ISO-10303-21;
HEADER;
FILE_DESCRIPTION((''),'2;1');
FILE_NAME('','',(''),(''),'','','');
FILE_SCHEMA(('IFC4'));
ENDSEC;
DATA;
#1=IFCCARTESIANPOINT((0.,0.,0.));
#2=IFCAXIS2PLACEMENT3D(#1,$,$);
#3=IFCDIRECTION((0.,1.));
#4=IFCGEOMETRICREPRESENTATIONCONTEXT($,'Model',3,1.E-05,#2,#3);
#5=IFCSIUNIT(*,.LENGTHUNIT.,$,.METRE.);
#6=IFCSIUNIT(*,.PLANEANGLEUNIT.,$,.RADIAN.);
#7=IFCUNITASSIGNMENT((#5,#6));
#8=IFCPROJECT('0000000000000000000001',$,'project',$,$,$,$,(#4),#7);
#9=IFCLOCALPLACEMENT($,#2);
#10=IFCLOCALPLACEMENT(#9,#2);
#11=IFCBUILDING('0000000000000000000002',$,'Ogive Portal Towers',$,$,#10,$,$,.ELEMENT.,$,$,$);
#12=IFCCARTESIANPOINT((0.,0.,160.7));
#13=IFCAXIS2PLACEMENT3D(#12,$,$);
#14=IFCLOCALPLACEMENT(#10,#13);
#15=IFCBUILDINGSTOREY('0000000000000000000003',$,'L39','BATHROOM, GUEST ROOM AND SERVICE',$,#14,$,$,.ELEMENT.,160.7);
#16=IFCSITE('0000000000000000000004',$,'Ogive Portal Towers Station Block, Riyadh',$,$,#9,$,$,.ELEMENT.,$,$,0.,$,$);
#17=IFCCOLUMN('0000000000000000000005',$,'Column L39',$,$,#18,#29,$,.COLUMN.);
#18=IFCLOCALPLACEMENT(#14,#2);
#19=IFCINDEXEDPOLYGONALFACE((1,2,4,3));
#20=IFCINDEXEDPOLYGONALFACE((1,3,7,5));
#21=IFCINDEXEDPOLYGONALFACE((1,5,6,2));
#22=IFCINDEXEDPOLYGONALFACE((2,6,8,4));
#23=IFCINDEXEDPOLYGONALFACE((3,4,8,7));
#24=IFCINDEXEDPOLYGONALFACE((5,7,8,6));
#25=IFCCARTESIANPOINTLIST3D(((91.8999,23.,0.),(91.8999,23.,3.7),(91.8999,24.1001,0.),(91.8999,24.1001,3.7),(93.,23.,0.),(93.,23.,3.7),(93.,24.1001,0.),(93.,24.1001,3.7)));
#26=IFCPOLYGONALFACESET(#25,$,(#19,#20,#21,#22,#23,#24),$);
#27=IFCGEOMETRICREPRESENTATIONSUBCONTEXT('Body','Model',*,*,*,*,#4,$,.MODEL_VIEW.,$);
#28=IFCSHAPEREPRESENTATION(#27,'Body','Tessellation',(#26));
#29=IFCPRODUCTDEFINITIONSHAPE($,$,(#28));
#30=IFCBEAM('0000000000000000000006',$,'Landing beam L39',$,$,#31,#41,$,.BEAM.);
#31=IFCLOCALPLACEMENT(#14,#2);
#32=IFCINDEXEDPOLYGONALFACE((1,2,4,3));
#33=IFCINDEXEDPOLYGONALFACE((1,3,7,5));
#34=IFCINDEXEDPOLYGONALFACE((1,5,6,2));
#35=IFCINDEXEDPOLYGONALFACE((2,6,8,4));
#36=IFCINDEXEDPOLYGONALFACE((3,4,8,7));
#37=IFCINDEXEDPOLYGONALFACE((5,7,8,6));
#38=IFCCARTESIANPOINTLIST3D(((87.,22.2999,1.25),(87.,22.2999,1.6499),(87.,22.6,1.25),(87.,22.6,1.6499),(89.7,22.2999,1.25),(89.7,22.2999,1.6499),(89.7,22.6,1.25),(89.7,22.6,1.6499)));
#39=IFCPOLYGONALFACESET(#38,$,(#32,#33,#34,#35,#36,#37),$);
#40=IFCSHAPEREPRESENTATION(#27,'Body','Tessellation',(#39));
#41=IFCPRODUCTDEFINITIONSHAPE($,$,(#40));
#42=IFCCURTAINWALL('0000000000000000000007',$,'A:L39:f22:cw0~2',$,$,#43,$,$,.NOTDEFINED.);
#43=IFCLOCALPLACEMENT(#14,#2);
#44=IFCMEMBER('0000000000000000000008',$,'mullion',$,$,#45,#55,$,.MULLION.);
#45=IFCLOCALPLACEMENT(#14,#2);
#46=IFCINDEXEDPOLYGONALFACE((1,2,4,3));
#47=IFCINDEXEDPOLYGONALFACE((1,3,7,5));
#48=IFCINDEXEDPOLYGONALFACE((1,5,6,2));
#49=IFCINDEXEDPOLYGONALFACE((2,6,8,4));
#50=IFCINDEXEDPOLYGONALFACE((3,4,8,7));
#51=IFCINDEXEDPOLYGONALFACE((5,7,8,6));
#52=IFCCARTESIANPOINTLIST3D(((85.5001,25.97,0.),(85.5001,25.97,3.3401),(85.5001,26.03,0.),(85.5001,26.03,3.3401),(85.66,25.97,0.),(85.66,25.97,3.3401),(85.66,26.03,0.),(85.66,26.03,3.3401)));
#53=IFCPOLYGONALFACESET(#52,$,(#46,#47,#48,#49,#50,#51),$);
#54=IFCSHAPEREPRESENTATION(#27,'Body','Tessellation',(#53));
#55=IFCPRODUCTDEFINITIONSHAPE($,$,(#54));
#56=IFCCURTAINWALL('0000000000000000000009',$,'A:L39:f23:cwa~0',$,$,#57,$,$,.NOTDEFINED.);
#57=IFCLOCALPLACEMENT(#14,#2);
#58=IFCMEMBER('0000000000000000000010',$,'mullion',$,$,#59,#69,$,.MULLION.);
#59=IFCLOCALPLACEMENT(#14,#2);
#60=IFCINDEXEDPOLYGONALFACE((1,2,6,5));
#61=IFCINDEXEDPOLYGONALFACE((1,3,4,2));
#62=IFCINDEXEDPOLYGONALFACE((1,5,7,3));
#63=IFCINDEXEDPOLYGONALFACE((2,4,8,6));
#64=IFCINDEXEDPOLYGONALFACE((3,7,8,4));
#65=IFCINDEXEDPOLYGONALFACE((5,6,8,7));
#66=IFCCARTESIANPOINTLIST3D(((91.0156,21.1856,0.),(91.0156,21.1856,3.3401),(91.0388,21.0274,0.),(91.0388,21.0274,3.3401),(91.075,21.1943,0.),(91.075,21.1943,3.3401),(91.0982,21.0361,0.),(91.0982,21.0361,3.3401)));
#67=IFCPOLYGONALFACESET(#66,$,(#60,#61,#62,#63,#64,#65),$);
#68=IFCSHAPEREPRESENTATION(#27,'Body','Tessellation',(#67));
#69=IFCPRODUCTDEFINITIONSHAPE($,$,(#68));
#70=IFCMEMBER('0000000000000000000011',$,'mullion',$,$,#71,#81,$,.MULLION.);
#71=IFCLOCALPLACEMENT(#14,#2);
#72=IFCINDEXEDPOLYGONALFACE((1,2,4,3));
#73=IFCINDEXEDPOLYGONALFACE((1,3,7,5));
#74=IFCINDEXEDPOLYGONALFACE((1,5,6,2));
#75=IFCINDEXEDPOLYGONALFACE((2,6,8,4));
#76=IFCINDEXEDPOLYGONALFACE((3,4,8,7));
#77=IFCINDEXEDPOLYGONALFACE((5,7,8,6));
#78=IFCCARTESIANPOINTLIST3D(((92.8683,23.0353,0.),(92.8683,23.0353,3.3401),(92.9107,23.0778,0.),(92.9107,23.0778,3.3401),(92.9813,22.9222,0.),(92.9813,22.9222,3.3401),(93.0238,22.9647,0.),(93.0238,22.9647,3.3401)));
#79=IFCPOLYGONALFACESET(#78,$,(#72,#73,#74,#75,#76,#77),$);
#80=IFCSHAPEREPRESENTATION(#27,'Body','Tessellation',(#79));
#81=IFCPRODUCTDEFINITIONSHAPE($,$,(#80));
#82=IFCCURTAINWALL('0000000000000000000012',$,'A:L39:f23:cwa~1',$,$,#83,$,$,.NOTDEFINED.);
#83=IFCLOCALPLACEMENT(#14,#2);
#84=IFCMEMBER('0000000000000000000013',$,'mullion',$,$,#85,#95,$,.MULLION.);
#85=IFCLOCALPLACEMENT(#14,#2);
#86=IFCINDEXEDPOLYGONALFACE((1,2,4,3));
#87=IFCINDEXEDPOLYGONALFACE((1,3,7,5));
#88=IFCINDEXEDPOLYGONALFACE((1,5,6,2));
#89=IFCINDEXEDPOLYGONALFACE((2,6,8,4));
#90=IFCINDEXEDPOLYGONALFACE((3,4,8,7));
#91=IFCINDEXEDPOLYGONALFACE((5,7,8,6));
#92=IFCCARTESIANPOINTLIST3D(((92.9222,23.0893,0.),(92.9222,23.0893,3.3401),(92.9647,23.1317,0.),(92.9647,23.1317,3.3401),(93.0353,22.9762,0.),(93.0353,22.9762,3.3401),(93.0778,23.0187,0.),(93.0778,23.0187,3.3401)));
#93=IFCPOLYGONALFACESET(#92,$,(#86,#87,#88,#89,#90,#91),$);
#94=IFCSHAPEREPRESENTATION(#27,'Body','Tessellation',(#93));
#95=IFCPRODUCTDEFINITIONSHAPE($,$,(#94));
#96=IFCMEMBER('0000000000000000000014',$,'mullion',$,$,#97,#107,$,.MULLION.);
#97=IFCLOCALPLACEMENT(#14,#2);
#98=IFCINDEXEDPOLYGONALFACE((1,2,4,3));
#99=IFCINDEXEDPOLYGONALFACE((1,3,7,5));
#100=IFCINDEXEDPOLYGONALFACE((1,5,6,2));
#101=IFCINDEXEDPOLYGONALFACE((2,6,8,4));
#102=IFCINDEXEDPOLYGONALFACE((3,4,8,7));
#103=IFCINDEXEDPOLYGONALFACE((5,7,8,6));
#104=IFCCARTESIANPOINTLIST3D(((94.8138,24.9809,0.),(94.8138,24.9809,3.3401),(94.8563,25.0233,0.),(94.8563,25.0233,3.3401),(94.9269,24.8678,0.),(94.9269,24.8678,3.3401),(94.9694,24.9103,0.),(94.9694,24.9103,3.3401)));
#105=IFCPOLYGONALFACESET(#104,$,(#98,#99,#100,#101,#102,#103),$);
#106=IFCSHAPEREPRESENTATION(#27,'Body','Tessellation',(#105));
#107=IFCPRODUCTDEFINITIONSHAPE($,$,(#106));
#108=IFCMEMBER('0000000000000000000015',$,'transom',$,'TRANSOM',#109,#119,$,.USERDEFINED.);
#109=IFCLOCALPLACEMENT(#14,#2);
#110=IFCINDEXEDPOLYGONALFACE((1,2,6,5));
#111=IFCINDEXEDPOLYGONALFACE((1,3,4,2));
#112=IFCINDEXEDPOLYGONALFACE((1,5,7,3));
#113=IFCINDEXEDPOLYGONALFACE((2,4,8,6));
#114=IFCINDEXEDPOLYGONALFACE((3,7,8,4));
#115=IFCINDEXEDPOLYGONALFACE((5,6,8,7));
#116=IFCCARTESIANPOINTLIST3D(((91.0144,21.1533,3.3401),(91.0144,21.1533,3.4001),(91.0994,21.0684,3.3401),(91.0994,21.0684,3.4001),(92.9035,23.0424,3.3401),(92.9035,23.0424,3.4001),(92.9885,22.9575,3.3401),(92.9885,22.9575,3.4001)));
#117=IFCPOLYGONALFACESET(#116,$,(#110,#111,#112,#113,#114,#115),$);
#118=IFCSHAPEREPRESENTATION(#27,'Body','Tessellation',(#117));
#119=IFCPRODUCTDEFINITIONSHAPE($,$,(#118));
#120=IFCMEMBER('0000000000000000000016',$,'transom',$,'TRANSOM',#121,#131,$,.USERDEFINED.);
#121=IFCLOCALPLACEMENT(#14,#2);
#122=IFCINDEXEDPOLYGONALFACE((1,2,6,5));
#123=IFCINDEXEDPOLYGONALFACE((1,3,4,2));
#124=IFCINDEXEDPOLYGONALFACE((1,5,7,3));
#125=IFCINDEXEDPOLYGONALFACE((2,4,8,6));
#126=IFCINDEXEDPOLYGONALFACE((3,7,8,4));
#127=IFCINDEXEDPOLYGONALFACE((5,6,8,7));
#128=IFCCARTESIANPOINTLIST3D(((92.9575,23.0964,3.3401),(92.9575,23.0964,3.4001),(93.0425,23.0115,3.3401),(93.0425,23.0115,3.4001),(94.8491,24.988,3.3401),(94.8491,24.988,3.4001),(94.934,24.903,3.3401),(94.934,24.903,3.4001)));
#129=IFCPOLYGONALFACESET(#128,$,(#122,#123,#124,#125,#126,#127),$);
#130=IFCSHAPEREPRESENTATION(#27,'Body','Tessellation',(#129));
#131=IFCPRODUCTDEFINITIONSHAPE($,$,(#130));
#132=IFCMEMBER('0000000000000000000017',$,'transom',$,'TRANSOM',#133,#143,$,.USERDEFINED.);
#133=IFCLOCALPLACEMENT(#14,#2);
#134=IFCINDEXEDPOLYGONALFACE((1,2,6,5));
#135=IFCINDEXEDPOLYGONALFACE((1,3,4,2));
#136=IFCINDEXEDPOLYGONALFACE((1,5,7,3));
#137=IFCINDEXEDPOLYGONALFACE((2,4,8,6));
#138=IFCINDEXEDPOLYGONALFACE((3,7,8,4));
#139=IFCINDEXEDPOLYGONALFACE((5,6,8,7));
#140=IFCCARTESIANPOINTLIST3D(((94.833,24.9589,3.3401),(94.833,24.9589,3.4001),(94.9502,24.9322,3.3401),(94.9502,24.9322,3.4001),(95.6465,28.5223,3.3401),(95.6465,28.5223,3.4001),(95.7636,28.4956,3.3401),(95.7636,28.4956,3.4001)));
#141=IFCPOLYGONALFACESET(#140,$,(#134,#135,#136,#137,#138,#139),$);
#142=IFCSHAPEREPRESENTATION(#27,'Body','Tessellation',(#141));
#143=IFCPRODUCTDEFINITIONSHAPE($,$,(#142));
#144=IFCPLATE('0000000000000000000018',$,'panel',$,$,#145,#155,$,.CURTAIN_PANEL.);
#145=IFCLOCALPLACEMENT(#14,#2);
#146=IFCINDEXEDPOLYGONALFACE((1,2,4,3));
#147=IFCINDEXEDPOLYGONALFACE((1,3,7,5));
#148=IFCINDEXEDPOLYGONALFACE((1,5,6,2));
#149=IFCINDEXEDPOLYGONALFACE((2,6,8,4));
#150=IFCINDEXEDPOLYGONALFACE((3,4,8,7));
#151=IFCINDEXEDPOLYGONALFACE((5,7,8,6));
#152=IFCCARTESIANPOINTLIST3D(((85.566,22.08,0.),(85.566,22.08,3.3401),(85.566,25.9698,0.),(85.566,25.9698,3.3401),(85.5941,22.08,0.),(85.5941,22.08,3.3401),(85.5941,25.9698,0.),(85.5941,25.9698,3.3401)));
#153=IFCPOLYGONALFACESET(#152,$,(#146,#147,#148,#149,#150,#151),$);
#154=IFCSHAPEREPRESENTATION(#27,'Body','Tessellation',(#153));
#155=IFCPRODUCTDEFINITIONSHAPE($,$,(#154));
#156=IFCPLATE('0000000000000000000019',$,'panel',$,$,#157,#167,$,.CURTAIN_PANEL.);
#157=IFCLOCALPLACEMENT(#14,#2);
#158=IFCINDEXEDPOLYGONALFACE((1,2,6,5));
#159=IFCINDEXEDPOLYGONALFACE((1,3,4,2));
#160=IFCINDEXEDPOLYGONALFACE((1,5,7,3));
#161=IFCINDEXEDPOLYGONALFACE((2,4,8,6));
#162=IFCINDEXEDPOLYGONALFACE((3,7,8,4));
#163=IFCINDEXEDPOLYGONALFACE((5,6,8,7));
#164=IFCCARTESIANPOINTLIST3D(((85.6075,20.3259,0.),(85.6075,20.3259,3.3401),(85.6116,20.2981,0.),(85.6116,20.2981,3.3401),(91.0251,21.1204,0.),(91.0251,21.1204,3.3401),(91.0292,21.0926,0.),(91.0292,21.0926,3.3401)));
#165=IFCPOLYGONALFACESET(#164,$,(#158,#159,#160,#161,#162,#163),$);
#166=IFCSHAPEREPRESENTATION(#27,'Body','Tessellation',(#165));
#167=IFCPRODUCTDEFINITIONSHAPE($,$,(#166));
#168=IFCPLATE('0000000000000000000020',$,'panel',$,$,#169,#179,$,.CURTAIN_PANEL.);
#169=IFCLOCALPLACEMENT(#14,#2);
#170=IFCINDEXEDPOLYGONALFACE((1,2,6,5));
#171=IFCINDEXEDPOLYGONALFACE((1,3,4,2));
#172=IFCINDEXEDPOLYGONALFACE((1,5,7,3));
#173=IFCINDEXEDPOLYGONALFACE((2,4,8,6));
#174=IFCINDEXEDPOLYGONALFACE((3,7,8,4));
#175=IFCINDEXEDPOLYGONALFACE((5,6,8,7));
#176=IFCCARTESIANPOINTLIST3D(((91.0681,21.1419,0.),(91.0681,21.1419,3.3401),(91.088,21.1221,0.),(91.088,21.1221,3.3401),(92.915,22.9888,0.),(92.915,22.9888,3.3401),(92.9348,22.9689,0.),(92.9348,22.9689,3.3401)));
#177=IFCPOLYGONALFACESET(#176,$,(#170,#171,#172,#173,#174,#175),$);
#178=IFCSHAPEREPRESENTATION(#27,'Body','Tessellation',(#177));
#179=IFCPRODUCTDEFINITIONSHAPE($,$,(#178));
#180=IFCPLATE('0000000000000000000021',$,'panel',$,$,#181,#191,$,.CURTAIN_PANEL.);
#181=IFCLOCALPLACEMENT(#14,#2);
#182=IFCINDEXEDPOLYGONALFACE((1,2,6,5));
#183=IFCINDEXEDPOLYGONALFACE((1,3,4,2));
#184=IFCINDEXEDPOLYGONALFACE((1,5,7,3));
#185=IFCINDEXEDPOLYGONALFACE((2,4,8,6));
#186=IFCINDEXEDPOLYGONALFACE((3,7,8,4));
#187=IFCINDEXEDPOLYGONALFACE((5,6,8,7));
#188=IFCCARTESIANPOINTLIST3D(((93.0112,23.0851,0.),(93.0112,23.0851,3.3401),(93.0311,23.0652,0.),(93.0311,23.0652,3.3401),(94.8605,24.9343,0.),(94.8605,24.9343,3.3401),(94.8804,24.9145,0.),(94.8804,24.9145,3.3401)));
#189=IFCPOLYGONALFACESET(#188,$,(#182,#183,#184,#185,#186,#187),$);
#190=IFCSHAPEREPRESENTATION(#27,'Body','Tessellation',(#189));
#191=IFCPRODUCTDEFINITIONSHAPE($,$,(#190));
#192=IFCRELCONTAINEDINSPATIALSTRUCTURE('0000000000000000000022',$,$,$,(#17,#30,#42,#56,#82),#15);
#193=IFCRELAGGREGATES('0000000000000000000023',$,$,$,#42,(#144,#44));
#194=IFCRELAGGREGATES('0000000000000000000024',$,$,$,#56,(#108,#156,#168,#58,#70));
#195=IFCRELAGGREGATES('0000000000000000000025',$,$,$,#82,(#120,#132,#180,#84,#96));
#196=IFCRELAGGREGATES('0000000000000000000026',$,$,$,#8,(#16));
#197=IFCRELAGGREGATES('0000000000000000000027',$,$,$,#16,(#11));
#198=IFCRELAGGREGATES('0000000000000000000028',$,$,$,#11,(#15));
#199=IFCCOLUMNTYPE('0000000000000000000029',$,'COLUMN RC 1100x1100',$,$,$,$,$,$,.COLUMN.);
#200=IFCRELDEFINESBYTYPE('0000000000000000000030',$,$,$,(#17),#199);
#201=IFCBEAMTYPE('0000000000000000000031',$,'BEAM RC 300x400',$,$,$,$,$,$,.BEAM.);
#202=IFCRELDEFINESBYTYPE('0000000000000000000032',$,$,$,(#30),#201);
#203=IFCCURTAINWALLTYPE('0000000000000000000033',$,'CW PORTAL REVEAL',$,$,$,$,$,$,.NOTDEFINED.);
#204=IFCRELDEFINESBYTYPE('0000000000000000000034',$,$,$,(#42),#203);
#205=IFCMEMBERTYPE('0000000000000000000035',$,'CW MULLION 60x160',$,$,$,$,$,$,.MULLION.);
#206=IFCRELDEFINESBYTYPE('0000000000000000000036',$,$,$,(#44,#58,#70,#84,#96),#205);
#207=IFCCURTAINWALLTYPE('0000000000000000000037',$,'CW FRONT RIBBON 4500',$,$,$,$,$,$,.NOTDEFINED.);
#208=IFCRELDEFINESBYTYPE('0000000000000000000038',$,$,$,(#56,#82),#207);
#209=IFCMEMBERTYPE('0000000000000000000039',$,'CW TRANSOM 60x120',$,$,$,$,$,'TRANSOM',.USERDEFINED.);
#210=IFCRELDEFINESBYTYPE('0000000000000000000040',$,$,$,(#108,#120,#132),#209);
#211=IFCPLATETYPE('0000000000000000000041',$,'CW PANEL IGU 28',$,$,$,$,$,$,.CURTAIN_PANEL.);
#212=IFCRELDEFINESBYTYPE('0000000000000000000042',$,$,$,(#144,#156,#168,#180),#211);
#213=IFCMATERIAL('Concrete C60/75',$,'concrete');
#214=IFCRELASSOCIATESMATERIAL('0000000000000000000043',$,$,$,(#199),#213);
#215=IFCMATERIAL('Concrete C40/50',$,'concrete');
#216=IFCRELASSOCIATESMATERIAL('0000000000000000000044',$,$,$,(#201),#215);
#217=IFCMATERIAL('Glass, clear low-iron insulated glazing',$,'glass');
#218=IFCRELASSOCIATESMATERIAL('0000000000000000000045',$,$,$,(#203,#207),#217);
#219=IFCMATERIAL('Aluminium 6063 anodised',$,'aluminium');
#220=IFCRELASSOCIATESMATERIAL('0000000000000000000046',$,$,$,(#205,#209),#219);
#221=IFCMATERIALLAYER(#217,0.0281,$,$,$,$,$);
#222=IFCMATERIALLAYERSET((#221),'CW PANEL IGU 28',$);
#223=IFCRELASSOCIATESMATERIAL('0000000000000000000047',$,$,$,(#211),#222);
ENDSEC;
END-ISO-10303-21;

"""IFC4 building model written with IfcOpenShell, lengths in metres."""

from ifc_helpers import new_model, si_unit, direction, frame, origin, origin_2d, place, context, subcontext, project, spatial, rectangle, extrude, material, layer, layer_set, material_profile, profile_set, type_object, element, aggregate, save


model = new_model("IFC4")

# Units and contexts
model_context = context("Model", 3, precision=1e-05, world=origin(), true_north=direction((0.0, 1.0)))
body_context = subcontext(model_context, "Body", "Model", "MODEL_VIEW")
ifc_project = project(units=[si_unit("LENGTHUNIT", "METRE"), si_unit("PLANEANGLEUNIT", "RADIAN")], contexts=[model_context])

# Site, building, storey
site_placement = place(None, origin())
site = spatial("IfcSite", under=ifc_project, at=site_placement, Name="Ogive Portal Towers Station Block, Riyadh", CompositionType="ELEMENT", RefElevation=0.0)
building_placement = place(site_placement, origin())
building = spatial("IfcBuilding", under=site, at=building_placement, Name="Ogive Portal Towers", CompositionType="ELEMENT")
storey_placement = place(building_placement, frame((0.0, 0.0, 160.7)))
storey = spatial("IfcBuildingStorey", under=building, at=storey_placement, Name="L39", Description="BATHROOM, GUEST ROOM AND SERVICE", CompositionType="ELEMENT", Elevation=160.7)

# Column
ifc_material_1 = material(Name="Concrete C60/75", Category="concrete")
ifc_material_profile_1 = material_profile(ifc_material_1, rectangle(XDim=1.1001, YDim=1.1001, at=origin_2d()), Name="RC 1100x1100")
ifc_profile_set_1 = profile_set([ifc_material_profile_1], Name="Concrete C60/75")
column_type = type_object("IfcColumnType", Name="COLUMN RC 1100x1100", PredefinedType="COLUMN", material=ifc_profile_set_1)
column_placement = place(storey_placement, frame((92.45, 23.55, 0.0), z_axis=(0.0, 0.0, 1.0), x_axis=(1.0, 0.0, 0.0)))
element("IfcColumn", 1, at=column_placement, inside=storey, type_object=column_type, Name="Column L39", PredefinedType="COLUMN", context=body_context, shape_type="SweptSolid", body=[
    extrude(rectangle(XDim=1.1001, YDim=1.1001, at=origin_2d()), origin(), (0.0, 0.0, 1.0), 3.7),
])

# Beam
ifc_material_2 = material(Name="Concrete C40/50", Category="concrete")
ifc_material_profile_2 = material_profile(ifc_material_2, rectangle(XDim=0.3, YDim=0.3999, at=origin_2d()), Name="RC 300x400")
ifc_profile_set_2 = profile_set([ifc_material_profile_2], Name="Concrete C40/50")
beam_type = type_object("IfcBeamType", Name="BEAM RC 300x400", PredefinedType="BEAM", material=ifc_profile_set_2)
beam_placement = place(storey_placement, frame((87.0, 22.45, 1.45), z_axis=(1.0, 0.0, 0.0), x_axis=(0.0, 1.0, 0.0)))
element("IfcBeam", 2, at=beam_placement, inside=storey, type_object=beam_type, Name="Landing beam L39", PredefinedType="BEAM", context=body_context, shape_type="SweptSolid", body=[
    extrude(rectangle(XDim=0.3, YDim=0.3999, at=origin_2d()), origin(), (0.0, 0.0, 1.0), 2.7),
])

# Curtain wall, member
ifc_material_3 = material(Name="Glass, clear low-iron insulated glazing", Category="glass")
curtain_wall_type_1 = type_object("IfcCurtainWallType", Name="CW PORTAL REVEAL", PredefinedType="NOTDEFINED", material=ifc_material_3)
curtain_wall_1_placement = place(storey_placement, origin())
curtain_wall_1 = element("IfcCurtainWall", 3, at=curtain_wall_1_placement, inside=storey, type_object=curtain_wall_type_1, Name="A:L39:f22:cw0~2", PredefinedType="NOTDEFINED")
ifc_material_4 = material(Name="Aluminium 6063 anodised", Category="aluminium")
ifc_material_profile_3 = material_profile(ifc_material_4, rectangle(XDim=0.1599, YDim=0.0601, at=origin_2d()), Name="AL 60x160")
ifc_profile_set_3 = profile_set([ifc_material_profile_3], Name="Aluminium 6063 anodised")
member_type_1 = type_object("IfcMemberType", Name="CW MULLION 60x160", PredefinedType="MULLION", material=ifc_profile_set_3)
member_1_placement = place(storey_placement, frame((85.5801, 26.0, 0.0), z_axis=(0.0, 0.0, 1.0), x_axis=(1.0, 0.0, 0.0)))
member_1 = element("IfcMember", 4, at=member_1_placement, type_object=member_type_1, Name="mullion", PredefinedType="MULLION", context=body_context, shape_type="SweptSolid", body=[
    extrude(rectangle(XDim=0.1599, YDim=0.0601, at=origin_2d()), origin(), (0.0, 0.0, 1.0), 3.3401),
])

# Curtain walls, members
curtain_wall_type_2 = type_object("IfcCurtainWallType", Name="CW FRONT RIBBON 4500", PredefinedType="NOTDEFINED", material=ifc_material_3)
curtain_wall_2_placement = place(storey_placement, origin())
curtain_wall_2 = element("IfcCurtainWall", 5, at=curtain_wall_2_placement, inside=storey, type_object=curtain_wall_type_2, Name="A:L39:f23:cwa~0", PredefinedType="NOTDEFINED")
member_2_placement = place(storey_placement, frame((91.0569, 21.1108, 0.0), z_axis=(0.0, 0.0, 1.0), x_axis=(-0.145099, 0.989417, 0.0)))
member_2 = element("IfcMember", 6, at=member_2_placement, type_object=member_type_1, Name="mullion", PredefinedType="MULLION", context=body_context, shape_type="SweptSolid", body=[
    extrude(rectangle(XDim=0.1599, YDim=0.0601, at=origin_2d()), origin(), (0.0, 0.0, 1.0), 3.3401),
])
member_3_placement = place(storey_placement, frame((92.946, 23.0, 0.0), z_axis=(0.0, 0.0, 1.0), x_axis=(-0.707107, 0.707107, 0.0)))
member_3 = element("IfcMember", 7, at=member_3_placement, type_object=member_type_1, Name="mullion", PredefinedType="MULLION", context=body_context, shape_type="SweptSolid", body=[
    extrude(rectangle(XDim=0.1599, YDim=0.0601, at=origin_2d()), origin(), (0.0, 0.0, 1.0), 3.3401),
])
curtain_wall_3_placement = place(storey_placement, origin())
curtain_wall_3 = element("IfcCurtainWall", 8, at=curtain_wall_3_placement, inside=storey, type_object=curtain_wall_type_2, Name="A:L39:f23:cwa~1", PredefinedType="NOTDEFINED")
member_4_placement = place(storey_placement, frame((93.0, 23.054, 0.0), z_axis=(0.0, 0.0, 1.0), x_axis=(-0.707107, 0.707107, 0.0)))
member_4 = element("IfcMember", 9, at=member_4_placement, type_object=member_type_1, Name="mullion", PredefinedType="MULLION", context=body_context, shape_type="SweptSolid", body=[
    extrude(rectangle(XDim=0.1599, YDim=0.0601, at=origin_2d()), origin(), (0.0, 0.0, 1.0), 3.3401),
])
member_5_placement = place(storey_placement, frame((94.8916, 24.9456, 0.0), z_axis=(0.0, 0.0, 1.0), x_axis=(-0.707107, 0.707107, 0.0)))
member_5 = element("IfcMember", 10, at=member_5_placement, type_object=member_type_1, Name="mullion", PredefinedType="MULLION", context=body_context, shape_type="SweptSolid", body=[
    extrude(rectangle(XDim=0.1599, YDim=0.0601, at=origin_2d()), origin(), (0.0, 0.0, 1.0), 3.3401),
])

# Members
ifc_material_profile_4 = material_profile(ifc_material_4, rectangle(XDim=0.1201, YDim=0.0601, at=origin_2d()), Name="AL 120x60")
ifc_profile_set_4 = profile_set([ifc_material_profile_4], Name="Aluminium 6063 anodised")
member_type_2 = type_object("IfcMemberType", Name="CW TRANSOM 60x120", ElementType="TRANSOM", PredefinedType="USERDEFINED", material=ifc_profile_set_4)
member_6_placement = place(storey_placement, frame((91.0569, 21.1108, 3.3701), z_axis=(0.707107, 0.707107, 0.0), x_axis=(-0.707107, 0.707107, 0.0)))
member_6 = element("IfcMember", 11, at=member_6_placement, type_object=member_type_2, Name="transom", ObjectType="TRANSOM", PredefinedType="USERDEFINED", context=body_context, shape_type="SweptSolid", body=[
    extrude(rectangle(XDim=0.1201, YDim=0.0601, at=origin_2d()), origin(), (0.0, 0.0, 1.0), 2.6716),
])
member_7_placement = place(storey_placement, frame((93.0, 23.054, 3.3701), z_axis=(0.707107, 0.707107, 0.0), x_axis=(-0.707107, 0.707107, 0.0)))
member_7 = element("IfcMember", 12, at=member_7_placement, type_object=member_type_2, Name="transom", ObjectType="TRANSOM", PredefinedType="USERDEFINED", context=body_context, shape_type="SweptSolid", body=[
    extrude(rectangle(XDim=0.1201, YDim=0.0601, at=origin_2d()), origin(), (0.0, 0.0, 1.0), 2.675),
])
member_8_placement = place(storey_placement, frame((94.8916, 24.9456, 3.3701), z_axis=(0.222556, 0.97492, 0.0), x_axis=(-0.97492, 0.222556, 0.0)))
member_8 = element("IfcMember", 13, at=member_8_placement, type_object=member_type_2, Name="transom", ObjectType="TRANSOM", PredefinedType="USERDEFINED", context=body_context, shape_type="SweptSolid", body=[
    extrude(rectangle(XDim=0.1201, YDim=0.0601, at=origin_2d()), origin(), (0.0, 0.0, 1.0), 3.655),
])

# Plates
ifc_layer_1 = layer(ifc_material_3, 0.0281)
ifc_layer_set_1 = layer_set([ifc_layer_1], Name="CW PANEL IGU 28")
plate_type = type_object("IfcPlateType", Name="CW PANEL IGU 28", PredefinedType="CURTAIN_PANEL", material=ifc_layer_set_1)
plate_1_placement = place(storey_placement, frame((85.5801, 24.0249, 0.0), z_axis=(0.0, 0.0, 1.0), x_axis=(0.0, -1.0, 0.0)))
plate_1 = element("IfcPlate", 14, at=plate_1_placement, type_object=plate_type, Name="panel", PredefinedType="CURTAIN_PANEL", context=body_context, shape_type="SweptSolid", body=[
    extrude(rectangle(XDim=3.8899, YDim=0.0281, at=origin_2d()), origin(), (0.0, 0.0, 1.0), 3.3401),
])
aggregate(curtain_wall_1, [plate_1, member_1])
plate_2_placement = place(storey_placement, frame((88.3184, 20.7092, 0.0), z_axis=(0.0, 0.0, 1.0), x_axis=(0.989417, 0.145099, 0.0)))
plate_2 = element("IfcPlate", 15, at=plate_2_placement, type_object=plate_type, Name="panel", PredefinedType="CURTAIN_PANEL", context=body_context, shape_type="SweptSolid", body=[
    extrude(rectangle(XDim=5.4756, YDim=0.0281, at=origin_2d()), origin(), (0.0, 0.0, 1.0), 3.3401),
])
plate_3_placement = place(storey_placement, frame((92.0015, 22.0554, 0.0), z_axis=(0.0, 0.0, 1.0), x_axis=(0.707107, 0.707107, 0.0)))
plate_3 = element("IfcPlate", 16, at=plate_3_placement, type_object=plate_type, Name="panel", PredefinedType="CURTAIN_PANEL", context=body_context, shape_type="SweptSolid", body=[
    extrude(rectangle(XDim=2.6118, YDim=0.0281, at=origin_2d()), origin(), (0.0, 0.0, 1.0), 3.3401),
])
aggregate(curtain_wall_2, [member_6, plate_2, plate_3, member_2, member_3])
plate_4_placement = place(storey_placement, frame((93.9458, 23.9998, 0.0), z_axis=(0.0, 0.0, 1.0), x_axis=(0.707107, 0.707107, 0.0)))
plate_4 = element("IfcPlate", 17, at=plate_4_placement, type_object=plate_type, Name="panel", PredefinedType="CURTAIN_PANEL", context=body_context, shape_type="SweptSolid", body=[
    extrude(rectangle(XDim=2.6152, YDim=0.0281, at=origin_2d()), origin(), (0.0, 0.0, 1.0), 3.3401),
])
aggregate(curtain_wall_3, [member_7, member_8, plate_4, member_4, member_5])

save(model, "model.ifc")
